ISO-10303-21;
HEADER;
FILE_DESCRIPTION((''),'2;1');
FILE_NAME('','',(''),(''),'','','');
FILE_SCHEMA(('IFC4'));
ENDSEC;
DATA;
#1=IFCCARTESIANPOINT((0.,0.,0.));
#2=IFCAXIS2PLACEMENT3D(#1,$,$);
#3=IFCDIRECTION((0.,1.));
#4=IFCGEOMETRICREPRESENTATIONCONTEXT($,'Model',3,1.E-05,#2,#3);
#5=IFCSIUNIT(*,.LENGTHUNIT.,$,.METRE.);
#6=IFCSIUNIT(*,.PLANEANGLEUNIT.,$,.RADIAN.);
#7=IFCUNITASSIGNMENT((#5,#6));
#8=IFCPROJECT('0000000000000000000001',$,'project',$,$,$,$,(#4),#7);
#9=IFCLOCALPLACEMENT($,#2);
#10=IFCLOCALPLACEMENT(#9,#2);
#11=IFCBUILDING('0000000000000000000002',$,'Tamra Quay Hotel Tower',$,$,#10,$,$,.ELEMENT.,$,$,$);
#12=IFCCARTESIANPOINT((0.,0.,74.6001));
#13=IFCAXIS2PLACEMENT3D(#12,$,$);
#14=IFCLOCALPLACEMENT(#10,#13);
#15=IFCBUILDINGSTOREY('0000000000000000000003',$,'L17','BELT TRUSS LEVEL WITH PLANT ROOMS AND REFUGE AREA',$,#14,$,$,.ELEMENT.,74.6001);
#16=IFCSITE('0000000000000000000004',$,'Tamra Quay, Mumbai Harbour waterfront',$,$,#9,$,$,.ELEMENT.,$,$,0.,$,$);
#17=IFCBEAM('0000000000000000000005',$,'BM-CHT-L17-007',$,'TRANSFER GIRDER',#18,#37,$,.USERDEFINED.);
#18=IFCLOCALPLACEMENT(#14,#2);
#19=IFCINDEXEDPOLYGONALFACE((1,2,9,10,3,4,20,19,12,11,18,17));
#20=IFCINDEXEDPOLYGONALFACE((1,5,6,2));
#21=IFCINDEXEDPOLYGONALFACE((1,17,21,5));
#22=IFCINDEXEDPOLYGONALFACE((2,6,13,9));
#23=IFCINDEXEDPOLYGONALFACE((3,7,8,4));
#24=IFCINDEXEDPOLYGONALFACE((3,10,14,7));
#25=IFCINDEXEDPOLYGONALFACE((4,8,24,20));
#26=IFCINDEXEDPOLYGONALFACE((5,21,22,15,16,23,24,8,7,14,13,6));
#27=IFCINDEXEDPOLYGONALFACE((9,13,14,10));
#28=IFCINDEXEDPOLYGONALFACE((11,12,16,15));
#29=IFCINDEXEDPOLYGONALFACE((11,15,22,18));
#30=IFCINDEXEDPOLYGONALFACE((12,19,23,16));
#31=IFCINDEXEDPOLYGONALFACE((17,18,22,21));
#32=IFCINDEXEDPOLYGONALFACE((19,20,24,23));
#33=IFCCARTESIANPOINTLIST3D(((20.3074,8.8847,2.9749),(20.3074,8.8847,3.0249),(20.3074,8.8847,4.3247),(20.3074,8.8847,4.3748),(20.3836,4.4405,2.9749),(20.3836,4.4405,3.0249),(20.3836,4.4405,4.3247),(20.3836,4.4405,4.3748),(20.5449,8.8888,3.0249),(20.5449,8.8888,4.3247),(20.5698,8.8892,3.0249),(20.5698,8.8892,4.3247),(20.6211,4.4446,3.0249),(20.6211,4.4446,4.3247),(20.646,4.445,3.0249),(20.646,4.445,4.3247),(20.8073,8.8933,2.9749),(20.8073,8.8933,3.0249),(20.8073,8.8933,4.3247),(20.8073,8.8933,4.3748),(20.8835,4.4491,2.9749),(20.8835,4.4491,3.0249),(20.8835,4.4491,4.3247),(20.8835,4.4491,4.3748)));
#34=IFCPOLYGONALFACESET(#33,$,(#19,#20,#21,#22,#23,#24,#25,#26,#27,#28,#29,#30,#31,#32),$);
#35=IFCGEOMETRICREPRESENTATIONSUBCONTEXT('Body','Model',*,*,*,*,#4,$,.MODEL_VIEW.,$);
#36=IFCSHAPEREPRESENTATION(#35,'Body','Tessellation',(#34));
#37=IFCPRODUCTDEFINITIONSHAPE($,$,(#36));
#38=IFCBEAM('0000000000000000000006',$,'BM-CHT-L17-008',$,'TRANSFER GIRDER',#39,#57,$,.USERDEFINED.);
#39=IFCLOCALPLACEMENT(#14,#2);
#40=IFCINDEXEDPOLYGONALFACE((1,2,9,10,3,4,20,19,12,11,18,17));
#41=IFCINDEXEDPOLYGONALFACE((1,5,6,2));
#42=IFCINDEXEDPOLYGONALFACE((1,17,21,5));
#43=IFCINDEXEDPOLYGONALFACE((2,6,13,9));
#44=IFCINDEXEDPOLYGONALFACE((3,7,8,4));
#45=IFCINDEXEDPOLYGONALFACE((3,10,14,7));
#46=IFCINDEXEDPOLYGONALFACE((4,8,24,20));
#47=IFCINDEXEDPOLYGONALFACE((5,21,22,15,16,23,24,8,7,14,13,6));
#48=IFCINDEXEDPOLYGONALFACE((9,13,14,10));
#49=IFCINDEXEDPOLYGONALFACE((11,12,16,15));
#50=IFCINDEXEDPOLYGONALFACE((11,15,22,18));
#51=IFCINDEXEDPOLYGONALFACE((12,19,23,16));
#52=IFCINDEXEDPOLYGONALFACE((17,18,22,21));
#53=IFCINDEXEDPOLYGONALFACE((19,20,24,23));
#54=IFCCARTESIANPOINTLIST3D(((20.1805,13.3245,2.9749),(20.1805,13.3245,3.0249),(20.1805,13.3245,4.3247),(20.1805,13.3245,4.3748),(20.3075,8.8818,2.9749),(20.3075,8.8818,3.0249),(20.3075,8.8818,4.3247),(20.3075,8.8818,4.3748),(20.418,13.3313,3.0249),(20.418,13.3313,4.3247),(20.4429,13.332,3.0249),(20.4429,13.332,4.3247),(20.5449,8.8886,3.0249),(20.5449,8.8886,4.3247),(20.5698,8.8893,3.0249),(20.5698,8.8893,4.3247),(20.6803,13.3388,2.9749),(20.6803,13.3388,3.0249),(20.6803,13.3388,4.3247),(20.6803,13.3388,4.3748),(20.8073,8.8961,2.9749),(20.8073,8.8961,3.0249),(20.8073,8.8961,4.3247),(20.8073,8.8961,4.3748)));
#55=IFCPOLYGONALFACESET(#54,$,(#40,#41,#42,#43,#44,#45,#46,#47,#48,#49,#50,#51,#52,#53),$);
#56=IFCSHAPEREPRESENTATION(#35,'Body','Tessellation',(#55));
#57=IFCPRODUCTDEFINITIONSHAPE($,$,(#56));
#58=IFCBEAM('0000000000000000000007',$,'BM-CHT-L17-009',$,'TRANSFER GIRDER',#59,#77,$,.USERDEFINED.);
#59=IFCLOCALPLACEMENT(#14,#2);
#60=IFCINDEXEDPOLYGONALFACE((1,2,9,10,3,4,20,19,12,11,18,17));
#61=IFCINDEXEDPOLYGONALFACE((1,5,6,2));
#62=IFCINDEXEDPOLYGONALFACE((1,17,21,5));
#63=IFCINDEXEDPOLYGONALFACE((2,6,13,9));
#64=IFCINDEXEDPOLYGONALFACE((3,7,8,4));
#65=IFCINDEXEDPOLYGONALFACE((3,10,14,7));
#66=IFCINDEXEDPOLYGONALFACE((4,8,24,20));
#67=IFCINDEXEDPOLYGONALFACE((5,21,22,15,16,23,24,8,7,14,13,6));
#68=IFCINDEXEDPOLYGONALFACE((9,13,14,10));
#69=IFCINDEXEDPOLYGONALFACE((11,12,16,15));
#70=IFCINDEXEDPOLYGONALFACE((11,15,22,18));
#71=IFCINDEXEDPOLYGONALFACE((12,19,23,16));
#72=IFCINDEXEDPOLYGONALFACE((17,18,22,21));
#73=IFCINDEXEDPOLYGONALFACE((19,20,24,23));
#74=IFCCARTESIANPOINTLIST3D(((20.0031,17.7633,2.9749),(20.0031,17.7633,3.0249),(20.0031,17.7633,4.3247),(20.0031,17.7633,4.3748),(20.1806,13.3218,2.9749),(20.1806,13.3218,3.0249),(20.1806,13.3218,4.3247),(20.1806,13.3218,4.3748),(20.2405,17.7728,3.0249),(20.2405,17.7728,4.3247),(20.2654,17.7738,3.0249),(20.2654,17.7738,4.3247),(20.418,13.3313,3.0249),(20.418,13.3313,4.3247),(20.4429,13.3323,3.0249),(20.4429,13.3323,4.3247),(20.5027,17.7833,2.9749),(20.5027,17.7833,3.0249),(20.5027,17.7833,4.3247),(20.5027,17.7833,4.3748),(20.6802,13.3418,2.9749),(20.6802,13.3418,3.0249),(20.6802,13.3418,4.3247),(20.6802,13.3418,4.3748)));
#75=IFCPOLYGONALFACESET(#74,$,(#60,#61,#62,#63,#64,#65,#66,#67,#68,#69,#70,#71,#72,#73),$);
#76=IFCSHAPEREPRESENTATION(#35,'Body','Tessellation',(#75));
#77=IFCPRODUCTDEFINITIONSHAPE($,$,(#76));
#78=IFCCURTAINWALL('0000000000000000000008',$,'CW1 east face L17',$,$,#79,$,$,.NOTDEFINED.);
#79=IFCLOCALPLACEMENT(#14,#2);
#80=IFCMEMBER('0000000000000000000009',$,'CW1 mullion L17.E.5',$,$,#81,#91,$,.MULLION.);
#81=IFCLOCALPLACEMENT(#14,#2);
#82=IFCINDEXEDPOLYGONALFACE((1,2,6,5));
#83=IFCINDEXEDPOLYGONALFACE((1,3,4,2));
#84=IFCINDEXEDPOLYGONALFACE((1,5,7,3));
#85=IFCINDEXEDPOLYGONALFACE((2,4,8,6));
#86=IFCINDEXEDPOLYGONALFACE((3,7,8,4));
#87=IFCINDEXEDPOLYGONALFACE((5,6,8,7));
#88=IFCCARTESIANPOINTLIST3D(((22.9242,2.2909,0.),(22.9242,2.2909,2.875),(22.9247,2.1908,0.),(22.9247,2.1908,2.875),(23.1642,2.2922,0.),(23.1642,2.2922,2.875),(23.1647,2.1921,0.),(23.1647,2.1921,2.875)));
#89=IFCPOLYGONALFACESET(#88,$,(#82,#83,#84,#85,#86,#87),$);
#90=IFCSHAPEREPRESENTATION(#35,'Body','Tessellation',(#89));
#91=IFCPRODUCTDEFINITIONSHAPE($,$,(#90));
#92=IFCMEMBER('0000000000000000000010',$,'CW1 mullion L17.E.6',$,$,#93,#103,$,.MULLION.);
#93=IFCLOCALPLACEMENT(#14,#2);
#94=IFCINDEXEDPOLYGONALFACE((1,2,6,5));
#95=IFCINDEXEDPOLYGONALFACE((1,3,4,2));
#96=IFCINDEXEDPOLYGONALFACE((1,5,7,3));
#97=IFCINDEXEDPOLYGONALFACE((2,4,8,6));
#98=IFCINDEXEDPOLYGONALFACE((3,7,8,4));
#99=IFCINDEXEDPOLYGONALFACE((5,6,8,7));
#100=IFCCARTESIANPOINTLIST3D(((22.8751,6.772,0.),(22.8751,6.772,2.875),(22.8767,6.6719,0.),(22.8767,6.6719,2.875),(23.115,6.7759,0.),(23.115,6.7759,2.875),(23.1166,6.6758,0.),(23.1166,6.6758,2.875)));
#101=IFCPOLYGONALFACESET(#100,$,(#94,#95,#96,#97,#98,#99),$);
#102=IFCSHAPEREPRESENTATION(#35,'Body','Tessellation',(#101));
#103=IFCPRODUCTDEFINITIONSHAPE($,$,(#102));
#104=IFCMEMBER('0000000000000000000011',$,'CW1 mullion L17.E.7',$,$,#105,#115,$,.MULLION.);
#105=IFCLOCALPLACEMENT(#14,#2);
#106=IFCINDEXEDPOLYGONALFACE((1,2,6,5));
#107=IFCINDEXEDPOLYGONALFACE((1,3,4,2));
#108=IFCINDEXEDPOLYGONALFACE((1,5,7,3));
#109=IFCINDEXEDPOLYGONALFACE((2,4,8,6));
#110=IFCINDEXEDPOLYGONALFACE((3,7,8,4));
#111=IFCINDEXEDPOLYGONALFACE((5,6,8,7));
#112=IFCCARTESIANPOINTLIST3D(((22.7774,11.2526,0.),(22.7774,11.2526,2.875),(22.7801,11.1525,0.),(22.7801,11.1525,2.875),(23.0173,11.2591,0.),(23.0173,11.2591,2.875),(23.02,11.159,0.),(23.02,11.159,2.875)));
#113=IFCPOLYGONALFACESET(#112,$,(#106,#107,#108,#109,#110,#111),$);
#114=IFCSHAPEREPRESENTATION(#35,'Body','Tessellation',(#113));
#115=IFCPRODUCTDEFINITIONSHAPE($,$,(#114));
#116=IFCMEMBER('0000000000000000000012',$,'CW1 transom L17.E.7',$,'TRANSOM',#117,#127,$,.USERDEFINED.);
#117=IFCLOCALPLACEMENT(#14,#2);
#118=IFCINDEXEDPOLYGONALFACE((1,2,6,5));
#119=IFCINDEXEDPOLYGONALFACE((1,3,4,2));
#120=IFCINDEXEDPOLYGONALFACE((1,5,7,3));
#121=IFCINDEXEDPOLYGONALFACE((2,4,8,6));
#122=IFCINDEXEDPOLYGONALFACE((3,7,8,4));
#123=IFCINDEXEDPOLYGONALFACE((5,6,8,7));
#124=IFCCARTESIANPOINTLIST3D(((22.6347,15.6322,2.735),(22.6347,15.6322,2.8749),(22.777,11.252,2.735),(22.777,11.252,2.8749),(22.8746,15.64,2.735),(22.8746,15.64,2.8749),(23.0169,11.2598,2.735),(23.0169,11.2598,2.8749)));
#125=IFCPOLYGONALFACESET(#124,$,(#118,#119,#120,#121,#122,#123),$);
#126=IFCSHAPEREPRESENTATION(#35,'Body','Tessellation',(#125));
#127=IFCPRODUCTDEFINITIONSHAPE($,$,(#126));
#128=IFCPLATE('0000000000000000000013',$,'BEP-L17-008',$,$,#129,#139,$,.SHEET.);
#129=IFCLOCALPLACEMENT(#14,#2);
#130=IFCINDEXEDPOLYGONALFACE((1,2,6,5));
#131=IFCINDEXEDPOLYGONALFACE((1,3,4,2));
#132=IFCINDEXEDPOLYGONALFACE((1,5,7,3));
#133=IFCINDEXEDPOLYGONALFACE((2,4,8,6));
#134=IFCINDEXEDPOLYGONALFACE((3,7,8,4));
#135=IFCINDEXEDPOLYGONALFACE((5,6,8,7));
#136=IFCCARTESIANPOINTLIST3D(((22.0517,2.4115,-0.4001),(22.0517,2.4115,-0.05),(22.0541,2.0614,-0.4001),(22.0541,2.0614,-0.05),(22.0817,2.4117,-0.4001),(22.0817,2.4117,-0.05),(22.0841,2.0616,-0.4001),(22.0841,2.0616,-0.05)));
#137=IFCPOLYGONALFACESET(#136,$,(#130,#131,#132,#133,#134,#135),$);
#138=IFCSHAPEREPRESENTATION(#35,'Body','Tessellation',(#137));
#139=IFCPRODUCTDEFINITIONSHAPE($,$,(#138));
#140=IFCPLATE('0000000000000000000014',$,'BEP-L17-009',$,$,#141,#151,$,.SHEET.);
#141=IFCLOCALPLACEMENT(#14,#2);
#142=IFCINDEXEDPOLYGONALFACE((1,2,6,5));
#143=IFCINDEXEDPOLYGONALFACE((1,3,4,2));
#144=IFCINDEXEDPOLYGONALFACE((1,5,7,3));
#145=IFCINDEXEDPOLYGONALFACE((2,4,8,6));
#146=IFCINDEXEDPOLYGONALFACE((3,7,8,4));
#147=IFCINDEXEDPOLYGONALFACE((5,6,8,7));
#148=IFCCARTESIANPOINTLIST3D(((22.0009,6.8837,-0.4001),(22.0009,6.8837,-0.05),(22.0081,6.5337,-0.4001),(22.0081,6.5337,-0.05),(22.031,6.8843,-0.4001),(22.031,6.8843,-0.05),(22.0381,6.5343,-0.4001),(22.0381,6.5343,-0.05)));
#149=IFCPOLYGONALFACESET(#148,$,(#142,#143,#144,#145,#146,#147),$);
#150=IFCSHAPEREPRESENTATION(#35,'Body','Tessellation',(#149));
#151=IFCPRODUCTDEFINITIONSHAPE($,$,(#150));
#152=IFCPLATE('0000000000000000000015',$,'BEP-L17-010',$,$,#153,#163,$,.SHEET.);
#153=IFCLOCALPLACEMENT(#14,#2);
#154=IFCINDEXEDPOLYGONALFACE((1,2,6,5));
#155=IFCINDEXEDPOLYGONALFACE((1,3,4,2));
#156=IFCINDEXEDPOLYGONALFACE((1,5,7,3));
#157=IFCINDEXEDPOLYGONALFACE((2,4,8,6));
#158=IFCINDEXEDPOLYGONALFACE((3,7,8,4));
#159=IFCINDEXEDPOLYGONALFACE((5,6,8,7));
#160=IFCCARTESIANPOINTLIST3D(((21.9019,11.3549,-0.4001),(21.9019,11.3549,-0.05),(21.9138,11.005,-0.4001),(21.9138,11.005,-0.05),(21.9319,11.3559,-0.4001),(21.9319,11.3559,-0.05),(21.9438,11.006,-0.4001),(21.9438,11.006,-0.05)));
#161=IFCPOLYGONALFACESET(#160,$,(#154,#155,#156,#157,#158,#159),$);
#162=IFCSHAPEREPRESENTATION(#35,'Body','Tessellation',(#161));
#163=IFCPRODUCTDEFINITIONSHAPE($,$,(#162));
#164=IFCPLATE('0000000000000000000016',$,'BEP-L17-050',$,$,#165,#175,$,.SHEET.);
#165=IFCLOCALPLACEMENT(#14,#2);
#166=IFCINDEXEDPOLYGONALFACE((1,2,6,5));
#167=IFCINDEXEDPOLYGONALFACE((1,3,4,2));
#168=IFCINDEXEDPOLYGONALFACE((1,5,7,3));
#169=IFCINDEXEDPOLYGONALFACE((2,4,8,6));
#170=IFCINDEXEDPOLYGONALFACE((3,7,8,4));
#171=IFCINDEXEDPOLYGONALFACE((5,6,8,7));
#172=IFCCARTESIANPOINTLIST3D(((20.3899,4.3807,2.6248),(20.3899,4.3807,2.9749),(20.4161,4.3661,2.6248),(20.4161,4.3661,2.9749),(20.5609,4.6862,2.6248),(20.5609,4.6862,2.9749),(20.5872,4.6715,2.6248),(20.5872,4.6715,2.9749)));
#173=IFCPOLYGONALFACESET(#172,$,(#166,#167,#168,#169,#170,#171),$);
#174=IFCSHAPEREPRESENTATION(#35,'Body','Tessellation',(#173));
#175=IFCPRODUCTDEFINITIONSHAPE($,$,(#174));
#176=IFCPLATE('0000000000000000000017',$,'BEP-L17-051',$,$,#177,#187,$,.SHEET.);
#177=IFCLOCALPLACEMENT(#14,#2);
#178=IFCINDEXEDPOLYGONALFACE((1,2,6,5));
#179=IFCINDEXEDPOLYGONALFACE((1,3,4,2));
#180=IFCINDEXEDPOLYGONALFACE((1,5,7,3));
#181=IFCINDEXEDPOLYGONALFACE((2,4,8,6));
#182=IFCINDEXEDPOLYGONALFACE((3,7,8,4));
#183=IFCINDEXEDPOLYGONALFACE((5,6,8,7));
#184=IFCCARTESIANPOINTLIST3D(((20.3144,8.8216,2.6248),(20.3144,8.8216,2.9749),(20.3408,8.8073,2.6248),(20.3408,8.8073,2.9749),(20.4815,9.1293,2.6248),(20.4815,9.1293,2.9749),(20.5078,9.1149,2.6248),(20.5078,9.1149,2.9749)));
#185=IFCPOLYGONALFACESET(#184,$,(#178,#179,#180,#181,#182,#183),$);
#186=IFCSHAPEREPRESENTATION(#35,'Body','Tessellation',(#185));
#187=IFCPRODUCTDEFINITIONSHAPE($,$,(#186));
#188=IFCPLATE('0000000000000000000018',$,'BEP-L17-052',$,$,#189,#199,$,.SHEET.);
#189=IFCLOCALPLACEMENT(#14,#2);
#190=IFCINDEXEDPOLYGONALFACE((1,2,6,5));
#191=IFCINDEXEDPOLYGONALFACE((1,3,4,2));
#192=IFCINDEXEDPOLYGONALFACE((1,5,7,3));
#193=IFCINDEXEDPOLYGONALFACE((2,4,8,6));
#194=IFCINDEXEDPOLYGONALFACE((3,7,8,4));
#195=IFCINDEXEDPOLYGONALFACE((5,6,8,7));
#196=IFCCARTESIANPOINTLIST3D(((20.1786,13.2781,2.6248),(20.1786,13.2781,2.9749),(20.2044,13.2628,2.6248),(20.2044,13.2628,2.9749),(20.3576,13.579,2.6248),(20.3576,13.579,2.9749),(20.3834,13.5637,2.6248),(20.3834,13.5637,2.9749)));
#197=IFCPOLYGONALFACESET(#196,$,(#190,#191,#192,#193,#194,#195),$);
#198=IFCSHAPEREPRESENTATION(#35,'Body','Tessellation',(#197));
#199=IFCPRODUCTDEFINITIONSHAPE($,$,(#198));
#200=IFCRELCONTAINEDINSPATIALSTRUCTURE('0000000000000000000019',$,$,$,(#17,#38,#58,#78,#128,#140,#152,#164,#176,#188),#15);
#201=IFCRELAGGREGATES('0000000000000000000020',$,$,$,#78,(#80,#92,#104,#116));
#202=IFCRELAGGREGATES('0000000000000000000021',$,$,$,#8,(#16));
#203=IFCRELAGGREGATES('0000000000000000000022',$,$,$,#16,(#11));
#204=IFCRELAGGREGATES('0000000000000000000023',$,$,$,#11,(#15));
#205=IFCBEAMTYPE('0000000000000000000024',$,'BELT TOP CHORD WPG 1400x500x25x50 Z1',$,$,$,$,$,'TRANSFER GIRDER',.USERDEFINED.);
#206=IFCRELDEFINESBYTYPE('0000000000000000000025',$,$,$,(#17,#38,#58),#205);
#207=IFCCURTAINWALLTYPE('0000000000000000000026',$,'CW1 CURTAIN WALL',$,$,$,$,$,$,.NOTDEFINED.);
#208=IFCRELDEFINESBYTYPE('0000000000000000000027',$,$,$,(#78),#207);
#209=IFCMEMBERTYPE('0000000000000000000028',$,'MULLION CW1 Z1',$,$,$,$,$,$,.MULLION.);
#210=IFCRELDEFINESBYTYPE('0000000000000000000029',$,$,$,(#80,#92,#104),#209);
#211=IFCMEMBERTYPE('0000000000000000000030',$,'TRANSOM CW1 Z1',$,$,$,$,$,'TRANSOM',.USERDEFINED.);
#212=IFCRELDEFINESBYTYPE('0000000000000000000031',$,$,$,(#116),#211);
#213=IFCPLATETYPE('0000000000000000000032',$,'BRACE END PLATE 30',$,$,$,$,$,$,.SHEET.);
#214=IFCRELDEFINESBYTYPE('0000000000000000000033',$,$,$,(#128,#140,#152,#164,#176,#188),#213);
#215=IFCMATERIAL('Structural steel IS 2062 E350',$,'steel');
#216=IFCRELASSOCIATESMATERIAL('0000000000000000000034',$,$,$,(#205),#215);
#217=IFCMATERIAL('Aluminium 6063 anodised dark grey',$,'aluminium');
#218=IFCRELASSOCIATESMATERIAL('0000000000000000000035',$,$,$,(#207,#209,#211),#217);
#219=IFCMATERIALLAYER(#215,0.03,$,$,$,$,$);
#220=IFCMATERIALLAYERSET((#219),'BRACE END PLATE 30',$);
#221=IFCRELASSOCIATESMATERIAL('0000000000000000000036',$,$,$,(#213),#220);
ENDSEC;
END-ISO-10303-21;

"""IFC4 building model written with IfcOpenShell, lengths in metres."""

from ifc_helpers import new_model, si_unit, direction, frame, origin, origin_2d, place, context, subcontext, project, spatial, rectangle, i_section, extrude, material, layer, layer_set, material_profile, profile_set, type_object, element, aggregate, save


model = new_model("IFC4")

# Units and contexts
model_context = context("Model", 3, precision=1e-05, world=origin(), true_north=direction((0.0, 1.0)))
body_context = subcontext(model_context, "Body", "Model", "MODEL_VIEW")
ifc_project = project(units=[si_unit("LENGTHUNIT", "METRE"), si_unit("PLANEANGLEUNIT", "RADIAN")], contexts=[model_context])

# Site, building, storey
site_placement = place(None, origin())
site = spatial("IfcSite", under=ifc_project, at=site_placement, Name="Tamra Quay, Mumbai Harbour waterfront", CompositionType="ELEMENT", RefElevation=0.0)
building_placement = place(site_placement, origin())
building = spatial("IfcBuilding", under=site, at=building_placement, Name="Tamra Quay Hotel Tower", CompositionType="ELEMENT")
storey_placement = place(building_placement, frame((0.0, 0.0, 74.6001)))
storey = spatial("IfcBuildingStorey", under=building, at=storey_placement, Name="L17", Description="BELT TRUSS LEVEL WITH PLANT ROOMS AND REFUGE AREA", CompositionType="ELEMENT", Elevation=74.6001)

# Shared definitions
ifc_material_1 = material(Name="Structural steel IS 2062 E350", Category="steel")

# Beams
ifc_material_profile_1 = material_profile(ifc_material_1, i_section(OverallWidth=0.5, OverallDepth=1.3999, WebThickness=0.0249, FlangeThickness=0.05, at=origin_2d()), Name="WPG 1400x500x25x50")
ifc_profile_set_1 = profile_set([ifc_material_profile_1], Name="Structural steel IS 2062 E350")
beam_type_1 = type_object("IfcBeamType", Name="BELT TOP CHORD WPG 1400x500x25x50 Z1", ElementType="TRANSFER GIRDER", PredefinedType="USERDEFINED", material=ifc_profile_set_1)
beam_1_placement = place(storey_placement, frame((20.6335, 4.4448, 3.6748), z_axis=(-0.017138, 0.999853, 0.0), x_axis=(-0.999853, -0.017138, 0.0)))
element("IfcBeam", 1, at=beam_1_placement, inside=storey, type_object=beam_type_1, Name="BM-CHT-L17-007", ObjectType="TRANSFER GIRDER", PredefinedType="USERDEFINED", context=body_context, shape_type="SweptSolid", body=[
    extrude(i_section(OverallWidth=0.5, OverallDepth=1.3999, WebThickness=0.0249, FlangeThickness=0.05, at=origin_2d()), origin(), (0.0, 0.0, 1.0), 4.4448),
])
beam_2_placement = place(storey_placement, frame((20.5574, 8.8889, 3.6748), z_axis=(-0.028563, 0.999592, 0.0), x_axis=(-0.999592, -0.028563, 0.0)))
element("IfcBeam", 2, at=beam_2_placement, inside=storey, type_object=beam_type_1, Name="BM-CHT-L17-008", ObjectType="TRANSFER GIRDER", PredefinedType="USERDEFINED", context=body_context, shape_type="SweptSolid", body=[
    extrude(i_section(OverallWidth=0.5, OverallDepth=1.3999, WebThickness=0.0249, FlangeThickness=0.05, at=origin_2d()), origin(), (0.0, 0.0, 1.0), 4.4446),
])
beam_3_placement = place(storey_placement, frame((20.4304, 13.3318, 3.6748), z_axis=(-0.039931, 0.999202, 0.0), x_axis=(-0.999202, -0.039931, 0.0)))
element("IfcBeam", 3, at=beam_3_placement, inside=storey, type_object=beam_type_1, Name="BM-CHT-L17-009", ObjectType="TRANSFER GIRDER", PredefinedType="USERDEFINED", context=body_context, shape_type="SweptSolid", body=[
    extrude(i_section(OverallWidth=0.5, OverallDepth=1.3999, WebThickness=0.0249, FlangeThickness=0.05, at=origin_2d()), origin(), (0.0, 0.0, 1.0), 4.4451),
])

# Curtain wall, members
ifc_material_2 = material(Name="Aluminium 6063 anodised dark grey", Category="aluminium")
curtain_wall_type = type_object("IfcCurtainWallType", Name="CW1 CURTAIN WALL", PredefinedType="NOTDEFINED", material=ifc_material_2)
curtain_wall_placement = place(storey_placement, origin())
curtain_wall = element("IfcCurtainWall", 4, at=curtain_wall_placement, inside=storey, type_object=curtain_wall_type, Name="CW1 east face L17", PredefinedType="NOTDEFINED")
ifc_material_profile_2 = material_profile(ifc_material_2, rectangle(XDim=0.24, YDim=0.1001, at=origin_2d()), Name="MULLION 100X240")
ifc_profile_set_2 = profile_set([ifc_material_profile_2], Name="Aluminium 6063 anodised dark grey")
member_type_1 = type_object("IfcMemberType", Name="MULLION CW1 Z1", PredefinedType="MULLION", material=ifc_profile_set_2)
member_1_placement = place(storey_placement, frame((23.0444, 2.2415, 0.0), z_axis=(0.0, 0.0, 1.0), x_axis=(0.999985, 0.005418, 0.0)))
member_1 = element("IfcMember", 5, at=member_1_placement, type_object=member_type_1, Name="CW1 mullion L17.E.5", PredefinedType="MULLION", context=body_context, shape_type="SweptSolid", body=[
    extrude(rectangle(XDim=0.24, YDim=0.1001, at=origin_2d()), origin(), (0.0, 0.0, 1.0), 2.875),
])
member_2_placement = place(storey_placement, frame((22.9958, 6.7239, 0.0), z_axis=(0.0, 0.0, 1.0), x_axis=(0.999868, 0.016248, 0.0)))
member_2 = element("IfcMember", 6, at=member_2_placement, type_object=member_type_1, Name="CW1 mullion L17.E.6", PredefinedType="MULLION", context=body_context, shape_type="SweptSolid", body=[
    extrude(rectangle(XDim=0.24, YDim=0.1001, at=origin_2d()), origin(), (0.0, 0.0, 1.0), 2.875),
])
member_3_placement = place(storey_placement, frame((22.8987, 11.2058, 0.0), z_axis=(0.0, 0.0, 1.0), x_axis=(0.999634, 0.027067, 0.0)))
member_3 = element("IfcMember", 7, at=member_3_placement, type_object=member_type_1, Name="CW1 mullion L17.E.7", PredefinedType="MULLION", context=body_context, shape_type="SweptSolid", body=[
    extrude(rectangle(XDim=0.24, YDim=0.1001, at=origin_2d()), origin(), (0.0, 0.0, 1.0), 2.875),
])
ifc_material_profile_3 = material_profile(ifc_material_2, rectangle(XDim=0.24, YDim=0.1399, at=origin_2d()), Name="TRANSOM 240X140")
ifc_profile_set_3 = profile_set([ifc_material_profile_3], Name="Aluminium 6063 anodised dark grey")
member_type_2 = type_object("IfcMemberType", Name="TRANSOM CW1 Z1", ElementType="TRANSOM", PredefinedType="USERDEFINED", material=ifc_profile_set_3)
member_4_placement = place(storey_placement, frame((22.897, 11.2559, 2.8049), z_axis=(-0.032476, 0.999473, 0.0), x_axis=(-0.999473, -0.032476, 0.0)))
member_4 = element("IfcMember", 8, at=member_4_placement, type_object=member_type_2, Name="CW1 transom L17.E.7", ObjectType="TRANSOM", PredefinedType="USERDEFINED", context=body_context, shape_type="SweptSolid", body=[
    extrude(rectangle(XDim=0.24, YDim=0.1399, at=origin_2d()), origin(), (0.0, 0.0, 1.0), 4.3826),
])

# Plates
ifc_layer_1 = layer(ifc_material_1, 0.03)
ifc_layer_set_1 = layer_set([ifc_layer_1], Name="BRACE END PLATE 30")
plate_type_1 = type_object("IfcPlateType", Name="BRACE END PLATE 30", PredefinedType="SHEET", material=ifc_layer_set_1)
for number, where, z_axis, x_axis, name in (
    (9, (22.0679, 2.2366, -0.4001), (0.0, 0.0, 1.0), (0.999977, 0.006822, 0.0), "BEP-L17-008"),
    (10, (22.0195, 6.709, -0.4001), (0.0, 0.0, 1.0), (0.999791, 0.020454, 0.0), "BEP-L17-009"),
    (11, (21.9229, 11.1804, -0.4001), (0.0, 0.0, 1.0), (0.999423, 0.033973, 0.0), "BEP-L17-010"),
    (12, (20.4885, 4.5261, 2.6248), (0.0, 0.0, 1.0), (-0.872521, 0.488577, 0.0), "BEP-L17-050"),
    (13, (20.4111, 8.9683, 2.6248), (0.0, 0.0, 1.0), (-0.87885, 0.477097, 0.0), "BEP-L17-051"),
    (14, (20.281, 13.4209, 2.6248), (0.0, 0.0, 1.0), (-0.859451, 0.511218, 0.0), "BEP-L17-052"),
):
    element("IfcPlate", number, at=place(storey_placement, frame(where, z_axis=z_axis, x_axis=x_axis)), inside=storey, type_object=plate_type_1, Name=name, PredefinedType="SHEET", context=body_context, shape_type="SweptSolid", body=[
        extrude(rectangle(XDim=0.03, YDim=0.3501, at=origin_2d()), origin(), (0.0, 0.0, 1.0), 0.3501),
    ])

aggregate(curtain_wall, [member_1, member_2, member_3, member_4])

save(model, "model.ifc")
